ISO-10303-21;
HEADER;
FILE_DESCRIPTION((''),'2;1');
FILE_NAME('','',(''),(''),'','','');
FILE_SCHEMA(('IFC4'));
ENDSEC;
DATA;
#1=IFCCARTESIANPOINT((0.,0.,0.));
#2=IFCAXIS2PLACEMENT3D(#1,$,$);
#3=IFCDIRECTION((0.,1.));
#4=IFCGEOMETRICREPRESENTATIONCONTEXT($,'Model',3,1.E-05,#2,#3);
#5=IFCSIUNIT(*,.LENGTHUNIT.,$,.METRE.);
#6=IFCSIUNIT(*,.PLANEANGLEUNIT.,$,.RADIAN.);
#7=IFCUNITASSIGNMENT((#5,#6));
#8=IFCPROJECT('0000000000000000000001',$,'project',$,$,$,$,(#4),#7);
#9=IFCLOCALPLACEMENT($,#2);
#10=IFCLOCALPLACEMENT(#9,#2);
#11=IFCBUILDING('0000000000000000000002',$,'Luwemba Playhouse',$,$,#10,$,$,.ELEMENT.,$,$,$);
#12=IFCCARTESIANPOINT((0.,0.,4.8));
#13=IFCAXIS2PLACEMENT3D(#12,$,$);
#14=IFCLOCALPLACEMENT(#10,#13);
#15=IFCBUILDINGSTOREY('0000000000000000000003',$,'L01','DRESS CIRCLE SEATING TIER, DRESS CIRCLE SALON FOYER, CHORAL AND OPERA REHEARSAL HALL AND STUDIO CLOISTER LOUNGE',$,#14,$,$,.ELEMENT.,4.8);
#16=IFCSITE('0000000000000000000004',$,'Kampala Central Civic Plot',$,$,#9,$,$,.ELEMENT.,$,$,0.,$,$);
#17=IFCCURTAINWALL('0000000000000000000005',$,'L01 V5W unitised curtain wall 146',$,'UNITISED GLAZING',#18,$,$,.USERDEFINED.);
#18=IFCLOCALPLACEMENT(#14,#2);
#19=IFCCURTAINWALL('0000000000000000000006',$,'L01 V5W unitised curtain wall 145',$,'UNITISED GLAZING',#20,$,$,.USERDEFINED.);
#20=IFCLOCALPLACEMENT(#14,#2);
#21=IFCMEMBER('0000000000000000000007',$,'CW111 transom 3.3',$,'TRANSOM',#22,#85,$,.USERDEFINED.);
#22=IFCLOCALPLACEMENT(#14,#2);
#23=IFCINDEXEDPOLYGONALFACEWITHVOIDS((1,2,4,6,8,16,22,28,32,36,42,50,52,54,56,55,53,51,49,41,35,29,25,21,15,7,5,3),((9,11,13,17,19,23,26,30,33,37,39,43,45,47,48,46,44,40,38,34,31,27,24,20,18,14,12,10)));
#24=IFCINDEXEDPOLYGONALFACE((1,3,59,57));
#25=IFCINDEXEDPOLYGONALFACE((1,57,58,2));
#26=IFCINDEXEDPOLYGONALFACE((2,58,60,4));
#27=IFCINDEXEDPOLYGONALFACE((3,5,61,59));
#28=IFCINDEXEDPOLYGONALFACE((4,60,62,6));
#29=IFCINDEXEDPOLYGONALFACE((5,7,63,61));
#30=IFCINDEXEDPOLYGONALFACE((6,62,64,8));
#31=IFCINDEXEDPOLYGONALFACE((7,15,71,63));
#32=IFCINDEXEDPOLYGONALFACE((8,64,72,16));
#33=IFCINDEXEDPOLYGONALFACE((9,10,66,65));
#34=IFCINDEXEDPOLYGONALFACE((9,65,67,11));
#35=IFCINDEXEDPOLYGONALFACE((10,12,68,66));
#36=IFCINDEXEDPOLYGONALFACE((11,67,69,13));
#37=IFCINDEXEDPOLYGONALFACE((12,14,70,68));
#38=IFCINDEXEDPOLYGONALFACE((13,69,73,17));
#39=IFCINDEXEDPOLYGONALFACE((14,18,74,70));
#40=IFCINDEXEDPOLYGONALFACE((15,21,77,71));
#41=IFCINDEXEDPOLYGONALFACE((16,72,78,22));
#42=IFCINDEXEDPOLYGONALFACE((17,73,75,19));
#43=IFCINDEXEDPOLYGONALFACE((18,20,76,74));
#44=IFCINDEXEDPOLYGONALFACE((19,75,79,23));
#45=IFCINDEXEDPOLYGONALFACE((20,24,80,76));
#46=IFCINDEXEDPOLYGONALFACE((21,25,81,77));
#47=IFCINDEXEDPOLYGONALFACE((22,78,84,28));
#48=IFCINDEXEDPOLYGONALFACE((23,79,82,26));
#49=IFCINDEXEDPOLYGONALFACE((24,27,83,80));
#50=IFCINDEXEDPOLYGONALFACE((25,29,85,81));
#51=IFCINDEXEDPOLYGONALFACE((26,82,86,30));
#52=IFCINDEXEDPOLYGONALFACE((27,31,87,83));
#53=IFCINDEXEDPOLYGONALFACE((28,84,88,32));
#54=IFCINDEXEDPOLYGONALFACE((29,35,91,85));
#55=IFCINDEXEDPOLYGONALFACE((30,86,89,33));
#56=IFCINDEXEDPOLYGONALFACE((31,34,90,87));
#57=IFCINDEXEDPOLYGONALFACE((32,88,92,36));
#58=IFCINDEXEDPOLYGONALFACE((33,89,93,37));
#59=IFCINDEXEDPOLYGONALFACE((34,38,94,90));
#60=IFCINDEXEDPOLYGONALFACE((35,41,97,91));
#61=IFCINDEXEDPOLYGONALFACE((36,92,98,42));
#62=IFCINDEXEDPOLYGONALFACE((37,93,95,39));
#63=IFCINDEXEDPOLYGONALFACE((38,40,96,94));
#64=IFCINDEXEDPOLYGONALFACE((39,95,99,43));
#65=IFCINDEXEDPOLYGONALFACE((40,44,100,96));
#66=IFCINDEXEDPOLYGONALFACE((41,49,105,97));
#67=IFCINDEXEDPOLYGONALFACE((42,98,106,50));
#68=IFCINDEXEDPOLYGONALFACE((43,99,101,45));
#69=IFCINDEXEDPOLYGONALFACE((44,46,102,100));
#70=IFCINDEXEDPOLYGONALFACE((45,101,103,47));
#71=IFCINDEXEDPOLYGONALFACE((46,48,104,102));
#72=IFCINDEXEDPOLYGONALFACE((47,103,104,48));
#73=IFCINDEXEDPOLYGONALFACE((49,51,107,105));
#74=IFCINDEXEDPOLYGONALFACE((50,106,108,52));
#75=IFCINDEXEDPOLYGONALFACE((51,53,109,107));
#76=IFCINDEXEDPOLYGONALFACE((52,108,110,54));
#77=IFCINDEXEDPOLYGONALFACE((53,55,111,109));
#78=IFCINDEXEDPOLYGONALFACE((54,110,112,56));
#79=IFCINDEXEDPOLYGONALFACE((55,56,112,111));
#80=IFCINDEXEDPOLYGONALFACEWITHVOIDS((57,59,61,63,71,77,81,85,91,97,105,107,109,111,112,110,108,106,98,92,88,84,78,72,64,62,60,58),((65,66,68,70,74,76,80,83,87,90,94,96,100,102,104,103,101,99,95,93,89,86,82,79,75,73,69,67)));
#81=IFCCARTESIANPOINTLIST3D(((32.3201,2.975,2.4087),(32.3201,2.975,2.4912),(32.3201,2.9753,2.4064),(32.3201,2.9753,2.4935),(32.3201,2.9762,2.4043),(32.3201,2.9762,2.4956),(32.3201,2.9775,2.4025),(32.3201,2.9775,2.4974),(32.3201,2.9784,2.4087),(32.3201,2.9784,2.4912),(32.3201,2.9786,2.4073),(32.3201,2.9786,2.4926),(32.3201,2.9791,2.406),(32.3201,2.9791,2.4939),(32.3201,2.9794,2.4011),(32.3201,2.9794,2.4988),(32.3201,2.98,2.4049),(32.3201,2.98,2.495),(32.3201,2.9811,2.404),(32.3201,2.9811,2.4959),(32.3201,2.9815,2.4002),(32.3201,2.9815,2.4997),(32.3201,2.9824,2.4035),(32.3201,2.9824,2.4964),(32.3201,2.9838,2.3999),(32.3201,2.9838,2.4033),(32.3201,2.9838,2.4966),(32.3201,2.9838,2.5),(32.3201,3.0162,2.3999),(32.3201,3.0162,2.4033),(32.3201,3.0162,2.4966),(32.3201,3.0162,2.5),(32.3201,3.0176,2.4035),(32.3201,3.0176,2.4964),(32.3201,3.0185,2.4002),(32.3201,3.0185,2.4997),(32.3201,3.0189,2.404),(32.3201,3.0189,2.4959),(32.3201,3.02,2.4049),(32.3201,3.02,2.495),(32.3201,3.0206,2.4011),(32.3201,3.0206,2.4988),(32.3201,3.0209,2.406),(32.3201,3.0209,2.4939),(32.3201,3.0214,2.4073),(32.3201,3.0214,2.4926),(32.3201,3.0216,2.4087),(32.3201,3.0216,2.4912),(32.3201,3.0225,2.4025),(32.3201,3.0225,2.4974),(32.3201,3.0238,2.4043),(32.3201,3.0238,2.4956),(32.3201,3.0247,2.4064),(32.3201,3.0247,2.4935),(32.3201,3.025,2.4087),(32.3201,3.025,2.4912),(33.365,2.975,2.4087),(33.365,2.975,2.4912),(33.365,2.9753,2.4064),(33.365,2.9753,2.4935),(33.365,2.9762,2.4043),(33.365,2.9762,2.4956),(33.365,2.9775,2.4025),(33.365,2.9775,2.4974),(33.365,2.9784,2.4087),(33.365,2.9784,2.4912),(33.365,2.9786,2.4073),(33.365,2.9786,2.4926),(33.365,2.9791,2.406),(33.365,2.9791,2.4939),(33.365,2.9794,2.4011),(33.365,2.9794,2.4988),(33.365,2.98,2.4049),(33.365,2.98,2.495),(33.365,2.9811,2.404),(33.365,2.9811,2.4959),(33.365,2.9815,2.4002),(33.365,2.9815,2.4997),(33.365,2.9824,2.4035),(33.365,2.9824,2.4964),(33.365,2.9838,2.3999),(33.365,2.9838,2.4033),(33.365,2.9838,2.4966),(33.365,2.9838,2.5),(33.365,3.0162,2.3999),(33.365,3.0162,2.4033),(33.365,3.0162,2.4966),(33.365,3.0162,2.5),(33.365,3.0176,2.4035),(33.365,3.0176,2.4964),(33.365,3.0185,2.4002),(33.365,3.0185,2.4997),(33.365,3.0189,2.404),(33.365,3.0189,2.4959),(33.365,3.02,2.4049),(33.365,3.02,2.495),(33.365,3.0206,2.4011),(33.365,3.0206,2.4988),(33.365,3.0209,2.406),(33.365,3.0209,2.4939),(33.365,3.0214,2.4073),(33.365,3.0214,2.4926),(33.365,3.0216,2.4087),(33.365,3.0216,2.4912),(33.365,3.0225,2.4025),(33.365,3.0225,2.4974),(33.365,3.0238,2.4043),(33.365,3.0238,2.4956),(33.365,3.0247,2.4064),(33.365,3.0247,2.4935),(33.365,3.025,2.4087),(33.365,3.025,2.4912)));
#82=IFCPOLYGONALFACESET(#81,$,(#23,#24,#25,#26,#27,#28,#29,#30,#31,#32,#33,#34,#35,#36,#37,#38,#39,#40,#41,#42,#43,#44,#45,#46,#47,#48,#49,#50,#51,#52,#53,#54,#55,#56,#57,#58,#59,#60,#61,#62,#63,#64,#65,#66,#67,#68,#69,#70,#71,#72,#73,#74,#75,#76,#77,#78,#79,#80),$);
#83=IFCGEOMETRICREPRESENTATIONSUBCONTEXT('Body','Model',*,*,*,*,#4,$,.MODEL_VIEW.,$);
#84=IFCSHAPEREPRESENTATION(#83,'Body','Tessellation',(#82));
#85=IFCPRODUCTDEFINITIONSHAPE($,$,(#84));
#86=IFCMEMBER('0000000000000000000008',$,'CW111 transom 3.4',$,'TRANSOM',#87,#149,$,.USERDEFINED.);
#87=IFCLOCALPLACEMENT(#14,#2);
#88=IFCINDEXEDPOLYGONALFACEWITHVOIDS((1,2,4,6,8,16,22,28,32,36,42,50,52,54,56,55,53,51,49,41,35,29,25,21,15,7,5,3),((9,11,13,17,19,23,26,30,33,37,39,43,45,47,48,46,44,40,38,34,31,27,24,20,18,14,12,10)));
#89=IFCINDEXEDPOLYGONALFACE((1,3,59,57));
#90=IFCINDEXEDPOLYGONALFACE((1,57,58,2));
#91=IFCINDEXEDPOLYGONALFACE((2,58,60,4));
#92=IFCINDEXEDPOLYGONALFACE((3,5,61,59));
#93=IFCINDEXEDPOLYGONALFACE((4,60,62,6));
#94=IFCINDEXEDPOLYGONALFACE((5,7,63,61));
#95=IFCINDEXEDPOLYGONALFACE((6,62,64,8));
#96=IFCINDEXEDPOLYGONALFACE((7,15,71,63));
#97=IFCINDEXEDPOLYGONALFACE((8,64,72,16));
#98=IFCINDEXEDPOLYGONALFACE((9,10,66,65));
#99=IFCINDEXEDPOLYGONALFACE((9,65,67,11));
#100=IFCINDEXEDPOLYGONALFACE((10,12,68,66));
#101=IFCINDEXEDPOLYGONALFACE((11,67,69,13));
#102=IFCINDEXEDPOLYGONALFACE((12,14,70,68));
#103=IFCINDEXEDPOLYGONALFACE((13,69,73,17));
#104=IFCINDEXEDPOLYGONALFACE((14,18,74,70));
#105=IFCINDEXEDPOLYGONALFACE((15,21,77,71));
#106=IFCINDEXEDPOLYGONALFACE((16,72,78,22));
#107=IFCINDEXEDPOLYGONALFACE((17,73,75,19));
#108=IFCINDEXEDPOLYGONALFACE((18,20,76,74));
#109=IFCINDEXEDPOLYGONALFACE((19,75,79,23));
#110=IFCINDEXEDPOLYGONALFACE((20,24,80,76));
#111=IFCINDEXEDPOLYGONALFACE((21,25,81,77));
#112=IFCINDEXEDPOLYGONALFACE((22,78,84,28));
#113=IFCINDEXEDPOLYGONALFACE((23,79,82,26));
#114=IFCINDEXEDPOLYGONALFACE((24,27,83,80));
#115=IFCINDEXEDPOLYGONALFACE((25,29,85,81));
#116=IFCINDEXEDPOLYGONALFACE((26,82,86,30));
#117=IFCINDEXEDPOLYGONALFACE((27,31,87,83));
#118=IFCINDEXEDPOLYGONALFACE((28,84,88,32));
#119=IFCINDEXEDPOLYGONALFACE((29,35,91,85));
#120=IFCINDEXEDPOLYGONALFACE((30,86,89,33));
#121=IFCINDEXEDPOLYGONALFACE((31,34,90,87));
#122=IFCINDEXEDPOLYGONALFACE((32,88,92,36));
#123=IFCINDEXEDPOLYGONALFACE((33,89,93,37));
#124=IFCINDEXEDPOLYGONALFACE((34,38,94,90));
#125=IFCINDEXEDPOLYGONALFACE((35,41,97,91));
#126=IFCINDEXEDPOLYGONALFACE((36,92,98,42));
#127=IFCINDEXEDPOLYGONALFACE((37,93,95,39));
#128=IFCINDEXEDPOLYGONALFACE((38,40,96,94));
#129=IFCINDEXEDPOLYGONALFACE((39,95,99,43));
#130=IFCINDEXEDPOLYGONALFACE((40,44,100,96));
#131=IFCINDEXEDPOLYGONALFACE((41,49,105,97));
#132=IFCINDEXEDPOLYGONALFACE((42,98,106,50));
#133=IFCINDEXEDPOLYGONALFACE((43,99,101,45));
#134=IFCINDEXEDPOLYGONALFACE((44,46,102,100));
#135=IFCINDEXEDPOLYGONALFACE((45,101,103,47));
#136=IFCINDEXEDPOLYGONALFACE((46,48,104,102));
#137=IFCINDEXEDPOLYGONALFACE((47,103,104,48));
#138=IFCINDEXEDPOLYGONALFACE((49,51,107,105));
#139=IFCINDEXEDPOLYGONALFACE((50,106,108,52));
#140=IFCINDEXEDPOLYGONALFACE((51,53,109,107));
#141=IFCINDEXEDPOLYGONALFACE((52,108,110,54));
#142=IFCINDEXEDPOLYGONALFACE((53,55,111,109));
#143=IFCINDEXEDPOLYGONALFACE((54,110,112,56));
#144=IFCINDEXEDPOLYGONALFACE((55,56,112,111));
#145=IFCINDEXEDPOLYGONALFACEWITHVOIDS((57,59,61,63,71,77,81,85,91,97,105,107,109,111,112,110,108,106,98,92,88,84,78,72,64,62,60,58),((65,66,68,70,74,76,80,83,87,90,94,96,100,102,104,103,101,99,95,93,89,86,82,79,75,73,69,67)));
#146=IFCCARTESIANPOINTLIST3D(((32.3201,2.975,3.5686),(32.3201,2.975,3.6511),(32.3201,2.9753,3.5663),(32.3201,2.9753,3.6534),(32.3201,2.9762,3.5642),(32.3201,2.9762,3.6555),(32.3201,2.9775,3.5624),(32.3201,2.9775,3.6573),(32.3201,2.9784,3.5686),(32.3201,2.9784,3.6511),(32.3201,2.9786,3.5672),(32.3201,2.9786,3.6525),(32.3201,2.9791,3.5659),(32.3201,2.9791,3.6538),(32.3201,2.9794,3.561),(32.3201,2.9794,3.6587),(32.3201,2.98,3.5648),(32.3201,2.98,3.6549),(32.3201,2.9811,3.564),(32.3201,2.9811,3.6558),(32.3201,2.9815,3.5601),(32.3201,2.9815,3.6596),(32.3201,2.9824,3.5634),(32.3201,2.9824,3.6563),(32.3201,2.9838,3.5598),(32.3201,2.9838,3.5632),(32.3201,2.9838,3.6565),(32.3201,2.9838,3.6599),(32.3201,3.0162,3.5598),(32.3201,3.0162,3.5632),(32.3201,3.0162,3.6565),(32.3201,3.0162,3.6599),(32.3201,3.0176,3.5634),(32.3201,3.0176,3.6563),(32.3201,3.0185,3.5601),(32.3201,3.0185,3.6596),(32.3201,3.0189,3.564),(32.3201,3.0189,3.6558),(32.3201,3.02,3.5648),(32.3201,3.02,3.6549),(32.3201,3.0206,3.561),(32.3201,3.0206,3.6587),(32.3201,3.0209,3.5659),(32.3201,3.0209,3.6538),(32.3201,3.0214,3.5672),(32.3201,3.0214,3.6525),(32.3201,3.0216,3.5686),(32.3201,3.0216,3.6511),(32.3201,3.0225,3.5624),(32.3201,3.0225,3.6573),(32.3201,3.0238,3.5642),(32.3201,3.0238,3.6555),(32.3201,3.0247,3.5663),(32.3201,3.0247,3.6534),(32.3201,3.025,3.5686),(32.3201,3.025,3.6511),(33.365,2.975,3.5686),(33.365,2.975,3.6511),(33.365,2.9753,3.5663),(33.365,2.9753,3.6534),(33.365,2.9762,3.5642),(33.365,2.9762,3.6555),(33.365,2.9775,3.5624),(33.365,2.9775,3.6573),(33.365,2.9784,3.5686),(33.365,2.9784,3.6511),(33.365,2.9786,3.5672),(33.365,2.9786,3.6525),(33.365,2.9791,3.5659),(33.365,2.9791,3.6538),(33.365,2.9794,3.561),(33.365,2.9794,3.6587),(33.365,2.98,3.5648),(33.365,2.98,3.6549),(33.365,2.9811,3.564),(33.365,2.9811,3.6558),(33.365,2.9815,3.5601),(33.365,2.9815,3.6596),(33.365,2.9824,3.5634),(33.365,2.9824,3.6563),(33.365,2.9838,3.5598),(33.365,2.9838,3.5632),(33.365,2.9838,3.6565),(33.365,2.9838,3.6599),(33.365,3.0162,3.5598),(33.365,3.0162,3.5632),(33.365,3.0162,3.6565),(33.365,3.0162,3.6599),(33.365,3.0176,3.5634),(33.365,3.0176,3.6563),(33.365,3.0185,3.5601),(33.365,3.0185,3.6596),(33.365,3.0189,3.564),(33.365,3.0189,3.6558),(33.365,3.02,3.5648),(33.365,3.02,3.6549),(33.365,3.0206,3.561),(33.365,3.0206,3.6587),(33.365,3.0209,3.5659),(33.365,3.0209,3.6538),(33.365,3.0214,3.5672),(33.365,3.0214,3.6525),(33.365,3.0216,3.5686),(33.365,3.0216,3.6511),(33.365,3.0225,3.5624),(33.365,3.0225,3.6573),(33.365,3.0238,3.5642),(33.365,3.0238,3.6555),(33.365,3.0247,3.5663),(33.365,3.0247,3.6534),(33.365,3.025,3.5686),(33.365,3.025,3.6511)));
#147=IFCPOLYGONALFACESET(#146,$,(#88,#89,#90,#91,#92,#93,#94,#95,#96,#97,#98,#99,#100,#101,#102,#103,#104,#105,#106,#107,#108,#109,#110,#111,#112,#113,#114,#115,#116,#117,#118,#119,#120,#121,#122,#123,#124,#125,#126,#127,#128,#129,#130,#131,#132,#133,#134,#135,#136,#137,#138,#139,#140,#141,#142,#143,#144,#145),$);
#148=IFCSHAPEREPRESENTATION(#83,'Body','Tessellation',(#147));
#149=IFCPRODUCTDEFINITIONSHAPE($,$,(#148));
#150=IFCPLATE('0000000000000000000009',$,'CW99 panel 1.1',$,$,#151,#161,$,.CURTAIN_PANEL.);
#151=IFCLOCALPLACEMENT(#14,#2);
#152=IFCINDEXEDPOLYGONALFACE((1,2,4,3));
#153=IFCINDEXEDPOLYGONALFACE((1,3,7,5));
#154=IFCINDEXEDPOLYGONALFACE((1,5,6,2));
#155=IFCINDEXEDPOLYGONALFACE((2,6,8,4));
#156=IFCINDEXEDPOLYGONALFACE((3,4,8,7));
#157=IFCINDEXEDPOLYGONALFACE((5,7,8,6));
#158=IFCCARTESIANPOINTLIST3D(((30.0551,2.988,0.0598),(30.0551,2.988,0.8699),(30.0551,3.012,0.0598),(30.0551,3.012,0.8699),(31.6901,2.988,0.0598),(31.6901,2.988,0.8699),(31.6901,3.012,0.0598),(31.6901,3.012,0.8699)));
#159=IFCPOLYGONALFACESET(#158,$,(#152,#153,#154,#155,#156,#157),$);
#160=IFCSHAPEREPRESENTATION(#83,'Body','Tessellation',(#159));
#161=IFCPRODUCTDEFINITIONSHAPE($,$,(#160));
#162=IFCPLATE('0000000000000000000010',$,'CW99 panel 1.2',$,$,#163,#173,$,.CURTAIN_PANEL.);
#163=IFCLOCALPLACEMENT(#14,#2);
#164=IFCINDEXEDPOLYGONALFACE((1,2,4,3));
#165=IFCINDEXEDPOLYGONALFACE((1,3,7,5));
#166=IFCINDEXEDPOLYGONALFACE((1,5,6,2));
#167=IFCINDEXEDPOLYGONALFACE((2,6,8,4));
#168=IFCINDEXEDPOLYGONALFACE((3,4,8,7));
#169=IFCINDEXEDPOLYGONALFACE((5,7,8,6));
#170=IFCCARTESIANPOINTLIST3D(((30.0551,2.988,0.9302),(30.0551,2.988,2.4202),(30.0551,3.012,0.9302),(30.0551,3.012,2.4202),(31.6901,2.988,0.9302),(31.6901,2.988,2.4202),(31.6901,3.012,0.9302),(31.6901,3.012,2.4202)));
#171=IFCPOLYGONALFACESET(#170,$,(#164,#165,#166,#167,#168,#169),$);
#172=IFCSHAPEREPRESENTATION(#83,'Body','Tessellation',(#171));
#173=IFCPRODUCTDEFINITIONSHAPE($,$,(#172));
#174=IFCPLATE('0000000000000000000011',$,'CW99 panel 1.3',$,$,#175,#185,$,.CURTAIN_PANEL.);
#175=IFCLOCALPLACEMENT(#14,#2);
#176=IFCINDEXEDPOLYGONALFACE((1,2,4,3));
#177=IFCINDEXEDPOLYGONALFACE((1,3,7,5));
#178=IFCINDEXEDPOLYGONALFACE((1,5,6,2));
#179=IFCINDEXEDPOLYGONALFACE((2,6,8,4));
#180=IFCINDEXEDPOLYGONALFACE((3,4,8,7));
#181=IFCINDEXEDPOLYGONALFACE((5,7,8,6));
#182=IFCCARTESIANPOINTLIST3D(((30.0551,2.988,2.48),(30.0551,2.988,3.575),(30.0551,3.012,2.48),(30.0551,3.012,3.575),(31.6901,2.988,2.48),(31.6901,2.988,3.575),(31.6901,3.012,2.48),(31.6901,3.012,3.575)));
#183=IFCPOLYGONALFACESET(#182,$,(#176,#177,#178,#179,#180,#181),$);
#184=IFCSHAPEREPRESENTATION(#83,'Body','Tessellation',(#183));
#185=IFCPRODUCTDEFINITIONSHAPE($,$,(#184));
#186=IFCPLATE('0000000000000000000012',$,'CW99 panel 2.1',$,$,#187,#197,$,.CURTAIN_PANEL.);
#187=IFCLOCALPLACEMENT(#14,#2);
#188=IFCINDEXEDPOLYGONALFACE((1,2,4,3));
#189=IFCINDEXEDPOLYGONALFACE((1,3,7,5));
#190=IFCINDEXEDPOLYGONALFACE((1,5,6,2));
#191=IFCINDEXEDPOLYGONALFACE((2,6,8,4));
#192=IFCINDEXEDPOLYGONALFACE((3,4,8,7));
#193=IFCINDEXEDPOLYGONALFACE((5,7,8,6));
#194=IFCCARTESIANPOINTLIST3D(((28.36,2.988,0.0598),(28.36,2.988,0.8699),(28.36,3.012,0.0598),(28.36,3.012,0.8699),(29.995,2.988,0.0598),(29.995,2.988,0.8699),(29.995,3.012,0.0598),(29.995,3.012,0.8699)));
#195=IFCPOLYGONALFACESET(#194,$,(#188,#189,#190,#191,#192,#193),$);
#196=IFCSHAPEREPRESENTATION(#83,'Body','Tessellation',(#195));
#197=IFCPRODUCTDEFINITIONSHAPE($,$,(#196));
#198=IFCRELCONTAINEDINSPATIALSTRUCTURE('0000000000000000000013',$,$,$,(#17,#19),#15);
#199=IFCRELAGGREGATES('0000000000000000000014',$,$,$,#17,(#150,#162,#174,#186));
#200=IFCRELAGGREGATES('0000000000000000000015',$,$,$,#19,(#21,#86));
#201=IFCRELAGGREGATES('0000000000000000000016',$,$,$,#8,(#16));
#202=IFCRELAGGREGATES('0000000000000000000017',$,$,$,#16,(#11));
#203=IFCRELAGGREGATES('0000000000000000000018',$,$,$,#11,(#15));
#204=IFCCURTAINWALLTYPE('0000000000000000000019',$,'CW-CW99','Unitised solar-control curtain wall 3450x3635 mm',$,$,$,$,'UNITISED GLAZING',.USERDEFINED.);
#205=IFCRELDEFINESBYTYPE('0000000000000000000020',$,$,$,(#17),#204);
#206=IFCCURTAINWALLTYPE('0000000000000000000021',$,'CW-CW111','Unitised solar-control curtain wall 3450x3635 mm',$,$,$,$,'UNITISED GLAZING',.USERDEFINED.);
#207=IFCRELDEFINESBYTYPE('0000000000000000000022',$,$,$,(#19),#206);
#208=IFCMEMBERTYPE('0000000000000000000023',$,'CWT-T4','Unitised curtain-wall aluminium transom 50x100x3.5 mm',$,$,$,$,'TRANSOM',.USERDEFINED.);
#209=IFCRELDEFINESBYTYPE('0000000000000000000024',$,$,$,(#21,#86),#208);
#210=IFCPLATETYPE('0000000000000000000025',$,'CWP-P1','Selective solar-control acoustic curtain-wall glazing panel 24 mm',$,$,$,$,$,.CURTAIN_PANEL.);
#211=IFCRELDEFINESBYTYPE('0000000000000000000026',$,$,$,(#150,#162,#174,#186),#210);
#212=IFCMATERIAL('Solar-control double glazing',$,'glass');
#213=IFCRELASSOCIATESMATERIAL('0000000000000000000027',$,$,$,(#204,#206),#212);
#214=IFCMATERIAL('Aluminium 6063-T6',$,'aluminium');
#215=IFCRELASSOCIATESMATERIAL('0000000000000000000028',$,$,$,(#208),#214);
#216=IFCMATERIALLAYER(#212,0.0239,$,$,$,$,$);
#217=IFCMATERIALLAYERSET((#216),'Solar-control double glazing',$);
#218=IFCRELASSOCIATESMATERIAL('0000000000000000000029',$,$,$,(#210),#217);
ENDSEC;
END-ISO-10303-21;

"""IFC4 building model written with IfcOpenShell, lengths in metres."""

from ifc_helpers import new_model, si_unit, direction, frame, origin, origin_2d, place, context, subcontext, project, spatial, rectangle, hollow_rectangle, extrude, material, layer, layer_set, material_profile, profile_set, type_object, element, aggregate, save


model = new_model("IFC4")

# Units and contexts
model_context = context("Model", 3, precision=1e-05, world=origin(), true_north=direction((0.0, 1.0)))
body_context = subcontext(model_context, "Body", "Model", "MODEL_VIEW")
ifc_project = project(units=[si_unit("LENGTHUNIT", "METRE"), si_unit("PLANEANGLEUNIT", "RADIAN")], contexts=[model_context])

# Site, building, storey
site_placement = place(None, origin())
site = spatial("IfcSite", under=ifc_project, at=site_placement, Name="Kampala Central Civic Plot", CompositionType="ELEMENT", RefElevation=0.0)
building_placement = place(site_placement, origin())
building = spatial("IfcBuilding", under=site, at=building_placement, Name="Luwemba Playhouse", CompositionType="ELEMENT")
storey_placement = place(building_placement, frame((0.0, 0.0, 4.8)))
storey = spatial("IfcBuildingStorey", under=building, at=storey_placement, Name="L01", Description="DRESS CIRCLE SEATING TIER, DRESS CIRCLE SALON FOYER, CHORAL AND OPERA REHEARSAL HALL AND STUDIO CLOISTER LOUNGE", CompositionType="ELEMENT", Elevation=4.8)

# Curtain walls
ifc_material_1 = material(Name="Solar-control double glazing", Category="glass")
curtain_wall_type_1 = type_object("IfcCurtainWallType", Name="CW-CW99", Description="Unitised solar-control curtain wall 3450x3635 mm", ElementType="UNITISED GLAZING", PredefinedType="USERDEFINED", material=ifc_material_1)
curtain_wall_1_placement = place(storey_placement, origin())
curtain_wall_1 = element("IfcCurtainWall", 1, at=curtain_wall_1_placement, inside=storey, type_object=curtain_wall_type_1, Name="L01 V5W unitised curtain wall 146", ObjectType="UNITISED GLAZING", PredefinedType="USERDEFINED")
ifc_material_2 = material(Name="Aluminium 6063-T6", Category="aluminium")
curtain_wall_type_2 = type_object("IfcCurtainWallType", Name="CW-CW111", Description="Unitised solar-control curtain wall 3450x3635 mm", ElementType="UNITISED GLAZING", PredefinedType="USERDEFINED", material=ifc_material_1)
curtain_wall_2_placement = place(storey_placement, origin())
curtain_wall_2 = element("IfcCurtainWall", 2, at=curtain_wall_2_placement, inside=storey, type_object=curtain_wall_type_2, Name="L01 V5W unitised curtain wall 145", ObjectType="UNITISED GLAZING", PredefinedType="USERDEFINED")

# Members
ifc_material_profile_1 = material_profile(ifc_material_2, hollow_rectangle(XDim=0.05, YDim=0.1001, WallThickness=0.0034, InnerFilletRadius=0.0054, OuterFilletRadius=0.0088, at=origin_2d()))
ifc_profile_set_1 = profile_set([ifc_material_profile_1], Name="Aluminium 6063-T6")
member_type_1 = type_object("IfcMemberType", Name="CWT-T4", Description="Unitised curtain-wall aluminium transom 50x100x3.5 mm", ElementType="TRANSOM", PredefinedType="USERDEFINED", material=ifc_profile_set_1)
member_1_placement = place(storey_placement, frame((33.365, 3.0, 2.45), z_axis=(-1.0, 0.0, 0.0), x_axis=(0.0, -1.0, 0.0)))
member_1 = element("IfcMember", 3, at=member_1_placement, type_object=member_type_1, Name="CW111 transom 3.3", ObjectType="TRANSOM", PredefinedType="USERDEFINED", context=body_context, shape_type="SweptSolid", body=[
    extrude(hollow_rectangle(XDim=0.05, YDim=0.1001, WallThickness=0.0034, InnerFilletRadius=0.0054, OuterFilletRadius=0.0088, at=origin_2d()), origin(), (0.0, 0.0, 1.0), 1.0449),
])
member_2_placement = place(storey_placement, frame((33.365, 3.0, 3.6099), z_axis=(-1.0, 0.0, 0.0), x_axis=(0.0, -1.0, 0.0)))
member_2 = element("IfcMember", 4, at=member_2_placement, type_object=member_type_1, Name="CW111 transom 3.4", ObjectType="TRANSOM", PredefinedType="USERDEFINED", context=body_context, shape_type="SweptSolid", body=[
    extrude(hollow_rectangle(XDim=0.05, YDim=0.1001, WallThickness=0.0034, InnerFilletRadius=0.0054, OuterFilletRadius=0.0088, at=origin_2d()), origin(), (0.0, 0.0, 1.0), 1.0449),
])

# Plates
ifc_layer_1 = layer(ifc_material_1, 0.0239)
ifc_layer_set_1 = layer_set([ifc_layer_1], Name="Solar-control double glazing")
plate_type_1 = type_object("IfcPlateType", Name="CWP-P1", Description="Selective solar-control acoustic curtain-wall glazing panel 24 mm", PredefinedType="CURTAIN_PANEL", material=ifc_layer_set_1)
plate_1_placement = place(storey_placement, frame((30.8726, 3.0, 0.0598), z_axis=(0.0, 0.0, 1.0), x_axis=(-1.0, 0.0, 0.0)))
plate_1 = element("IfcPlate", 5, at=plate_1_placement, type_object=plate_type_1, Name="CW99 panel 1.1", PredefinedType="CURTAIN_PANEL", context=body_context, shape_type="SweptSolid", body=[
    extrude(rectangle(XDim=1.635, YDim=0.0239, at=origin_2d()), origin(), (0.0, 0.0, 1.0), 0.8101),
])
plate_2_placement = place(storey_placement, frame((30.8726, 3.0, 0.9302), z_axis=(0.0, 0.0, 1.0), x_axis=(-1.0, 0.0, 0.0)))
plate_2 = element("IfcPlate", 6, at=plate_2_placement, type_object=plate_type_1, Name="CW99 panel 1.2", PredefinedType="CURTAIN_PANEL", context=body_context, shape_type="SweptSolid", body=[
    extrude(rectangle(XDim=1.635, YDim=0.0239, at=origin_2d()), origin(), (0.0, 0.0, 1.0), 1.49),
])
plate_3_placement = place(storey_placement, frame((30.8726, 3.0, 2.48), z_axis=(0.0, 0.0, 1.0), x_axis=(-1.0, 0.0, 0.0)))
plate_3 = element("IfcPlate", 7, at=plate_3_placement, type_object=plate_type_1, Name="CW99 panel 1.3", PredefinedType="CURTAIN_PANEL", context=body_context, shape_type="SweptSolid", body=[
    extrude(rectangle(XDim=1.635, YDim=0.0239, at=origin_2d()), origin(), (0.0, 0.0, 1.0), 1.095),
])
plate_4_placement = place(storey_placement, frame((29.1775, 3.0, 0.0598), z_axis=(0.0, 0.0, 1.0), x_axis=(-1.0, 0.0, 0.0)))
plate_4 = element("IfcPlate", 8, at=plate_4_placement, type_object=plate_type_1, Name="CW99 panel 2.1", PredefinedType="CURTAIN_PANEL", context=body_context, shape_type="SweptSolid", body=[
    extrude(rectangle(XDim=1.635, YDim=0.0239, at=origin_2d()), origin(), (0.0, 0.0, 1.0), 0.8101),
])
aggregate(curtain_wall_1, [plate_1, plate_2, plate_3, plate_4])
aggregate(curtain_wall_2, [member_1, member_2])

save(model, "model.ifc")
